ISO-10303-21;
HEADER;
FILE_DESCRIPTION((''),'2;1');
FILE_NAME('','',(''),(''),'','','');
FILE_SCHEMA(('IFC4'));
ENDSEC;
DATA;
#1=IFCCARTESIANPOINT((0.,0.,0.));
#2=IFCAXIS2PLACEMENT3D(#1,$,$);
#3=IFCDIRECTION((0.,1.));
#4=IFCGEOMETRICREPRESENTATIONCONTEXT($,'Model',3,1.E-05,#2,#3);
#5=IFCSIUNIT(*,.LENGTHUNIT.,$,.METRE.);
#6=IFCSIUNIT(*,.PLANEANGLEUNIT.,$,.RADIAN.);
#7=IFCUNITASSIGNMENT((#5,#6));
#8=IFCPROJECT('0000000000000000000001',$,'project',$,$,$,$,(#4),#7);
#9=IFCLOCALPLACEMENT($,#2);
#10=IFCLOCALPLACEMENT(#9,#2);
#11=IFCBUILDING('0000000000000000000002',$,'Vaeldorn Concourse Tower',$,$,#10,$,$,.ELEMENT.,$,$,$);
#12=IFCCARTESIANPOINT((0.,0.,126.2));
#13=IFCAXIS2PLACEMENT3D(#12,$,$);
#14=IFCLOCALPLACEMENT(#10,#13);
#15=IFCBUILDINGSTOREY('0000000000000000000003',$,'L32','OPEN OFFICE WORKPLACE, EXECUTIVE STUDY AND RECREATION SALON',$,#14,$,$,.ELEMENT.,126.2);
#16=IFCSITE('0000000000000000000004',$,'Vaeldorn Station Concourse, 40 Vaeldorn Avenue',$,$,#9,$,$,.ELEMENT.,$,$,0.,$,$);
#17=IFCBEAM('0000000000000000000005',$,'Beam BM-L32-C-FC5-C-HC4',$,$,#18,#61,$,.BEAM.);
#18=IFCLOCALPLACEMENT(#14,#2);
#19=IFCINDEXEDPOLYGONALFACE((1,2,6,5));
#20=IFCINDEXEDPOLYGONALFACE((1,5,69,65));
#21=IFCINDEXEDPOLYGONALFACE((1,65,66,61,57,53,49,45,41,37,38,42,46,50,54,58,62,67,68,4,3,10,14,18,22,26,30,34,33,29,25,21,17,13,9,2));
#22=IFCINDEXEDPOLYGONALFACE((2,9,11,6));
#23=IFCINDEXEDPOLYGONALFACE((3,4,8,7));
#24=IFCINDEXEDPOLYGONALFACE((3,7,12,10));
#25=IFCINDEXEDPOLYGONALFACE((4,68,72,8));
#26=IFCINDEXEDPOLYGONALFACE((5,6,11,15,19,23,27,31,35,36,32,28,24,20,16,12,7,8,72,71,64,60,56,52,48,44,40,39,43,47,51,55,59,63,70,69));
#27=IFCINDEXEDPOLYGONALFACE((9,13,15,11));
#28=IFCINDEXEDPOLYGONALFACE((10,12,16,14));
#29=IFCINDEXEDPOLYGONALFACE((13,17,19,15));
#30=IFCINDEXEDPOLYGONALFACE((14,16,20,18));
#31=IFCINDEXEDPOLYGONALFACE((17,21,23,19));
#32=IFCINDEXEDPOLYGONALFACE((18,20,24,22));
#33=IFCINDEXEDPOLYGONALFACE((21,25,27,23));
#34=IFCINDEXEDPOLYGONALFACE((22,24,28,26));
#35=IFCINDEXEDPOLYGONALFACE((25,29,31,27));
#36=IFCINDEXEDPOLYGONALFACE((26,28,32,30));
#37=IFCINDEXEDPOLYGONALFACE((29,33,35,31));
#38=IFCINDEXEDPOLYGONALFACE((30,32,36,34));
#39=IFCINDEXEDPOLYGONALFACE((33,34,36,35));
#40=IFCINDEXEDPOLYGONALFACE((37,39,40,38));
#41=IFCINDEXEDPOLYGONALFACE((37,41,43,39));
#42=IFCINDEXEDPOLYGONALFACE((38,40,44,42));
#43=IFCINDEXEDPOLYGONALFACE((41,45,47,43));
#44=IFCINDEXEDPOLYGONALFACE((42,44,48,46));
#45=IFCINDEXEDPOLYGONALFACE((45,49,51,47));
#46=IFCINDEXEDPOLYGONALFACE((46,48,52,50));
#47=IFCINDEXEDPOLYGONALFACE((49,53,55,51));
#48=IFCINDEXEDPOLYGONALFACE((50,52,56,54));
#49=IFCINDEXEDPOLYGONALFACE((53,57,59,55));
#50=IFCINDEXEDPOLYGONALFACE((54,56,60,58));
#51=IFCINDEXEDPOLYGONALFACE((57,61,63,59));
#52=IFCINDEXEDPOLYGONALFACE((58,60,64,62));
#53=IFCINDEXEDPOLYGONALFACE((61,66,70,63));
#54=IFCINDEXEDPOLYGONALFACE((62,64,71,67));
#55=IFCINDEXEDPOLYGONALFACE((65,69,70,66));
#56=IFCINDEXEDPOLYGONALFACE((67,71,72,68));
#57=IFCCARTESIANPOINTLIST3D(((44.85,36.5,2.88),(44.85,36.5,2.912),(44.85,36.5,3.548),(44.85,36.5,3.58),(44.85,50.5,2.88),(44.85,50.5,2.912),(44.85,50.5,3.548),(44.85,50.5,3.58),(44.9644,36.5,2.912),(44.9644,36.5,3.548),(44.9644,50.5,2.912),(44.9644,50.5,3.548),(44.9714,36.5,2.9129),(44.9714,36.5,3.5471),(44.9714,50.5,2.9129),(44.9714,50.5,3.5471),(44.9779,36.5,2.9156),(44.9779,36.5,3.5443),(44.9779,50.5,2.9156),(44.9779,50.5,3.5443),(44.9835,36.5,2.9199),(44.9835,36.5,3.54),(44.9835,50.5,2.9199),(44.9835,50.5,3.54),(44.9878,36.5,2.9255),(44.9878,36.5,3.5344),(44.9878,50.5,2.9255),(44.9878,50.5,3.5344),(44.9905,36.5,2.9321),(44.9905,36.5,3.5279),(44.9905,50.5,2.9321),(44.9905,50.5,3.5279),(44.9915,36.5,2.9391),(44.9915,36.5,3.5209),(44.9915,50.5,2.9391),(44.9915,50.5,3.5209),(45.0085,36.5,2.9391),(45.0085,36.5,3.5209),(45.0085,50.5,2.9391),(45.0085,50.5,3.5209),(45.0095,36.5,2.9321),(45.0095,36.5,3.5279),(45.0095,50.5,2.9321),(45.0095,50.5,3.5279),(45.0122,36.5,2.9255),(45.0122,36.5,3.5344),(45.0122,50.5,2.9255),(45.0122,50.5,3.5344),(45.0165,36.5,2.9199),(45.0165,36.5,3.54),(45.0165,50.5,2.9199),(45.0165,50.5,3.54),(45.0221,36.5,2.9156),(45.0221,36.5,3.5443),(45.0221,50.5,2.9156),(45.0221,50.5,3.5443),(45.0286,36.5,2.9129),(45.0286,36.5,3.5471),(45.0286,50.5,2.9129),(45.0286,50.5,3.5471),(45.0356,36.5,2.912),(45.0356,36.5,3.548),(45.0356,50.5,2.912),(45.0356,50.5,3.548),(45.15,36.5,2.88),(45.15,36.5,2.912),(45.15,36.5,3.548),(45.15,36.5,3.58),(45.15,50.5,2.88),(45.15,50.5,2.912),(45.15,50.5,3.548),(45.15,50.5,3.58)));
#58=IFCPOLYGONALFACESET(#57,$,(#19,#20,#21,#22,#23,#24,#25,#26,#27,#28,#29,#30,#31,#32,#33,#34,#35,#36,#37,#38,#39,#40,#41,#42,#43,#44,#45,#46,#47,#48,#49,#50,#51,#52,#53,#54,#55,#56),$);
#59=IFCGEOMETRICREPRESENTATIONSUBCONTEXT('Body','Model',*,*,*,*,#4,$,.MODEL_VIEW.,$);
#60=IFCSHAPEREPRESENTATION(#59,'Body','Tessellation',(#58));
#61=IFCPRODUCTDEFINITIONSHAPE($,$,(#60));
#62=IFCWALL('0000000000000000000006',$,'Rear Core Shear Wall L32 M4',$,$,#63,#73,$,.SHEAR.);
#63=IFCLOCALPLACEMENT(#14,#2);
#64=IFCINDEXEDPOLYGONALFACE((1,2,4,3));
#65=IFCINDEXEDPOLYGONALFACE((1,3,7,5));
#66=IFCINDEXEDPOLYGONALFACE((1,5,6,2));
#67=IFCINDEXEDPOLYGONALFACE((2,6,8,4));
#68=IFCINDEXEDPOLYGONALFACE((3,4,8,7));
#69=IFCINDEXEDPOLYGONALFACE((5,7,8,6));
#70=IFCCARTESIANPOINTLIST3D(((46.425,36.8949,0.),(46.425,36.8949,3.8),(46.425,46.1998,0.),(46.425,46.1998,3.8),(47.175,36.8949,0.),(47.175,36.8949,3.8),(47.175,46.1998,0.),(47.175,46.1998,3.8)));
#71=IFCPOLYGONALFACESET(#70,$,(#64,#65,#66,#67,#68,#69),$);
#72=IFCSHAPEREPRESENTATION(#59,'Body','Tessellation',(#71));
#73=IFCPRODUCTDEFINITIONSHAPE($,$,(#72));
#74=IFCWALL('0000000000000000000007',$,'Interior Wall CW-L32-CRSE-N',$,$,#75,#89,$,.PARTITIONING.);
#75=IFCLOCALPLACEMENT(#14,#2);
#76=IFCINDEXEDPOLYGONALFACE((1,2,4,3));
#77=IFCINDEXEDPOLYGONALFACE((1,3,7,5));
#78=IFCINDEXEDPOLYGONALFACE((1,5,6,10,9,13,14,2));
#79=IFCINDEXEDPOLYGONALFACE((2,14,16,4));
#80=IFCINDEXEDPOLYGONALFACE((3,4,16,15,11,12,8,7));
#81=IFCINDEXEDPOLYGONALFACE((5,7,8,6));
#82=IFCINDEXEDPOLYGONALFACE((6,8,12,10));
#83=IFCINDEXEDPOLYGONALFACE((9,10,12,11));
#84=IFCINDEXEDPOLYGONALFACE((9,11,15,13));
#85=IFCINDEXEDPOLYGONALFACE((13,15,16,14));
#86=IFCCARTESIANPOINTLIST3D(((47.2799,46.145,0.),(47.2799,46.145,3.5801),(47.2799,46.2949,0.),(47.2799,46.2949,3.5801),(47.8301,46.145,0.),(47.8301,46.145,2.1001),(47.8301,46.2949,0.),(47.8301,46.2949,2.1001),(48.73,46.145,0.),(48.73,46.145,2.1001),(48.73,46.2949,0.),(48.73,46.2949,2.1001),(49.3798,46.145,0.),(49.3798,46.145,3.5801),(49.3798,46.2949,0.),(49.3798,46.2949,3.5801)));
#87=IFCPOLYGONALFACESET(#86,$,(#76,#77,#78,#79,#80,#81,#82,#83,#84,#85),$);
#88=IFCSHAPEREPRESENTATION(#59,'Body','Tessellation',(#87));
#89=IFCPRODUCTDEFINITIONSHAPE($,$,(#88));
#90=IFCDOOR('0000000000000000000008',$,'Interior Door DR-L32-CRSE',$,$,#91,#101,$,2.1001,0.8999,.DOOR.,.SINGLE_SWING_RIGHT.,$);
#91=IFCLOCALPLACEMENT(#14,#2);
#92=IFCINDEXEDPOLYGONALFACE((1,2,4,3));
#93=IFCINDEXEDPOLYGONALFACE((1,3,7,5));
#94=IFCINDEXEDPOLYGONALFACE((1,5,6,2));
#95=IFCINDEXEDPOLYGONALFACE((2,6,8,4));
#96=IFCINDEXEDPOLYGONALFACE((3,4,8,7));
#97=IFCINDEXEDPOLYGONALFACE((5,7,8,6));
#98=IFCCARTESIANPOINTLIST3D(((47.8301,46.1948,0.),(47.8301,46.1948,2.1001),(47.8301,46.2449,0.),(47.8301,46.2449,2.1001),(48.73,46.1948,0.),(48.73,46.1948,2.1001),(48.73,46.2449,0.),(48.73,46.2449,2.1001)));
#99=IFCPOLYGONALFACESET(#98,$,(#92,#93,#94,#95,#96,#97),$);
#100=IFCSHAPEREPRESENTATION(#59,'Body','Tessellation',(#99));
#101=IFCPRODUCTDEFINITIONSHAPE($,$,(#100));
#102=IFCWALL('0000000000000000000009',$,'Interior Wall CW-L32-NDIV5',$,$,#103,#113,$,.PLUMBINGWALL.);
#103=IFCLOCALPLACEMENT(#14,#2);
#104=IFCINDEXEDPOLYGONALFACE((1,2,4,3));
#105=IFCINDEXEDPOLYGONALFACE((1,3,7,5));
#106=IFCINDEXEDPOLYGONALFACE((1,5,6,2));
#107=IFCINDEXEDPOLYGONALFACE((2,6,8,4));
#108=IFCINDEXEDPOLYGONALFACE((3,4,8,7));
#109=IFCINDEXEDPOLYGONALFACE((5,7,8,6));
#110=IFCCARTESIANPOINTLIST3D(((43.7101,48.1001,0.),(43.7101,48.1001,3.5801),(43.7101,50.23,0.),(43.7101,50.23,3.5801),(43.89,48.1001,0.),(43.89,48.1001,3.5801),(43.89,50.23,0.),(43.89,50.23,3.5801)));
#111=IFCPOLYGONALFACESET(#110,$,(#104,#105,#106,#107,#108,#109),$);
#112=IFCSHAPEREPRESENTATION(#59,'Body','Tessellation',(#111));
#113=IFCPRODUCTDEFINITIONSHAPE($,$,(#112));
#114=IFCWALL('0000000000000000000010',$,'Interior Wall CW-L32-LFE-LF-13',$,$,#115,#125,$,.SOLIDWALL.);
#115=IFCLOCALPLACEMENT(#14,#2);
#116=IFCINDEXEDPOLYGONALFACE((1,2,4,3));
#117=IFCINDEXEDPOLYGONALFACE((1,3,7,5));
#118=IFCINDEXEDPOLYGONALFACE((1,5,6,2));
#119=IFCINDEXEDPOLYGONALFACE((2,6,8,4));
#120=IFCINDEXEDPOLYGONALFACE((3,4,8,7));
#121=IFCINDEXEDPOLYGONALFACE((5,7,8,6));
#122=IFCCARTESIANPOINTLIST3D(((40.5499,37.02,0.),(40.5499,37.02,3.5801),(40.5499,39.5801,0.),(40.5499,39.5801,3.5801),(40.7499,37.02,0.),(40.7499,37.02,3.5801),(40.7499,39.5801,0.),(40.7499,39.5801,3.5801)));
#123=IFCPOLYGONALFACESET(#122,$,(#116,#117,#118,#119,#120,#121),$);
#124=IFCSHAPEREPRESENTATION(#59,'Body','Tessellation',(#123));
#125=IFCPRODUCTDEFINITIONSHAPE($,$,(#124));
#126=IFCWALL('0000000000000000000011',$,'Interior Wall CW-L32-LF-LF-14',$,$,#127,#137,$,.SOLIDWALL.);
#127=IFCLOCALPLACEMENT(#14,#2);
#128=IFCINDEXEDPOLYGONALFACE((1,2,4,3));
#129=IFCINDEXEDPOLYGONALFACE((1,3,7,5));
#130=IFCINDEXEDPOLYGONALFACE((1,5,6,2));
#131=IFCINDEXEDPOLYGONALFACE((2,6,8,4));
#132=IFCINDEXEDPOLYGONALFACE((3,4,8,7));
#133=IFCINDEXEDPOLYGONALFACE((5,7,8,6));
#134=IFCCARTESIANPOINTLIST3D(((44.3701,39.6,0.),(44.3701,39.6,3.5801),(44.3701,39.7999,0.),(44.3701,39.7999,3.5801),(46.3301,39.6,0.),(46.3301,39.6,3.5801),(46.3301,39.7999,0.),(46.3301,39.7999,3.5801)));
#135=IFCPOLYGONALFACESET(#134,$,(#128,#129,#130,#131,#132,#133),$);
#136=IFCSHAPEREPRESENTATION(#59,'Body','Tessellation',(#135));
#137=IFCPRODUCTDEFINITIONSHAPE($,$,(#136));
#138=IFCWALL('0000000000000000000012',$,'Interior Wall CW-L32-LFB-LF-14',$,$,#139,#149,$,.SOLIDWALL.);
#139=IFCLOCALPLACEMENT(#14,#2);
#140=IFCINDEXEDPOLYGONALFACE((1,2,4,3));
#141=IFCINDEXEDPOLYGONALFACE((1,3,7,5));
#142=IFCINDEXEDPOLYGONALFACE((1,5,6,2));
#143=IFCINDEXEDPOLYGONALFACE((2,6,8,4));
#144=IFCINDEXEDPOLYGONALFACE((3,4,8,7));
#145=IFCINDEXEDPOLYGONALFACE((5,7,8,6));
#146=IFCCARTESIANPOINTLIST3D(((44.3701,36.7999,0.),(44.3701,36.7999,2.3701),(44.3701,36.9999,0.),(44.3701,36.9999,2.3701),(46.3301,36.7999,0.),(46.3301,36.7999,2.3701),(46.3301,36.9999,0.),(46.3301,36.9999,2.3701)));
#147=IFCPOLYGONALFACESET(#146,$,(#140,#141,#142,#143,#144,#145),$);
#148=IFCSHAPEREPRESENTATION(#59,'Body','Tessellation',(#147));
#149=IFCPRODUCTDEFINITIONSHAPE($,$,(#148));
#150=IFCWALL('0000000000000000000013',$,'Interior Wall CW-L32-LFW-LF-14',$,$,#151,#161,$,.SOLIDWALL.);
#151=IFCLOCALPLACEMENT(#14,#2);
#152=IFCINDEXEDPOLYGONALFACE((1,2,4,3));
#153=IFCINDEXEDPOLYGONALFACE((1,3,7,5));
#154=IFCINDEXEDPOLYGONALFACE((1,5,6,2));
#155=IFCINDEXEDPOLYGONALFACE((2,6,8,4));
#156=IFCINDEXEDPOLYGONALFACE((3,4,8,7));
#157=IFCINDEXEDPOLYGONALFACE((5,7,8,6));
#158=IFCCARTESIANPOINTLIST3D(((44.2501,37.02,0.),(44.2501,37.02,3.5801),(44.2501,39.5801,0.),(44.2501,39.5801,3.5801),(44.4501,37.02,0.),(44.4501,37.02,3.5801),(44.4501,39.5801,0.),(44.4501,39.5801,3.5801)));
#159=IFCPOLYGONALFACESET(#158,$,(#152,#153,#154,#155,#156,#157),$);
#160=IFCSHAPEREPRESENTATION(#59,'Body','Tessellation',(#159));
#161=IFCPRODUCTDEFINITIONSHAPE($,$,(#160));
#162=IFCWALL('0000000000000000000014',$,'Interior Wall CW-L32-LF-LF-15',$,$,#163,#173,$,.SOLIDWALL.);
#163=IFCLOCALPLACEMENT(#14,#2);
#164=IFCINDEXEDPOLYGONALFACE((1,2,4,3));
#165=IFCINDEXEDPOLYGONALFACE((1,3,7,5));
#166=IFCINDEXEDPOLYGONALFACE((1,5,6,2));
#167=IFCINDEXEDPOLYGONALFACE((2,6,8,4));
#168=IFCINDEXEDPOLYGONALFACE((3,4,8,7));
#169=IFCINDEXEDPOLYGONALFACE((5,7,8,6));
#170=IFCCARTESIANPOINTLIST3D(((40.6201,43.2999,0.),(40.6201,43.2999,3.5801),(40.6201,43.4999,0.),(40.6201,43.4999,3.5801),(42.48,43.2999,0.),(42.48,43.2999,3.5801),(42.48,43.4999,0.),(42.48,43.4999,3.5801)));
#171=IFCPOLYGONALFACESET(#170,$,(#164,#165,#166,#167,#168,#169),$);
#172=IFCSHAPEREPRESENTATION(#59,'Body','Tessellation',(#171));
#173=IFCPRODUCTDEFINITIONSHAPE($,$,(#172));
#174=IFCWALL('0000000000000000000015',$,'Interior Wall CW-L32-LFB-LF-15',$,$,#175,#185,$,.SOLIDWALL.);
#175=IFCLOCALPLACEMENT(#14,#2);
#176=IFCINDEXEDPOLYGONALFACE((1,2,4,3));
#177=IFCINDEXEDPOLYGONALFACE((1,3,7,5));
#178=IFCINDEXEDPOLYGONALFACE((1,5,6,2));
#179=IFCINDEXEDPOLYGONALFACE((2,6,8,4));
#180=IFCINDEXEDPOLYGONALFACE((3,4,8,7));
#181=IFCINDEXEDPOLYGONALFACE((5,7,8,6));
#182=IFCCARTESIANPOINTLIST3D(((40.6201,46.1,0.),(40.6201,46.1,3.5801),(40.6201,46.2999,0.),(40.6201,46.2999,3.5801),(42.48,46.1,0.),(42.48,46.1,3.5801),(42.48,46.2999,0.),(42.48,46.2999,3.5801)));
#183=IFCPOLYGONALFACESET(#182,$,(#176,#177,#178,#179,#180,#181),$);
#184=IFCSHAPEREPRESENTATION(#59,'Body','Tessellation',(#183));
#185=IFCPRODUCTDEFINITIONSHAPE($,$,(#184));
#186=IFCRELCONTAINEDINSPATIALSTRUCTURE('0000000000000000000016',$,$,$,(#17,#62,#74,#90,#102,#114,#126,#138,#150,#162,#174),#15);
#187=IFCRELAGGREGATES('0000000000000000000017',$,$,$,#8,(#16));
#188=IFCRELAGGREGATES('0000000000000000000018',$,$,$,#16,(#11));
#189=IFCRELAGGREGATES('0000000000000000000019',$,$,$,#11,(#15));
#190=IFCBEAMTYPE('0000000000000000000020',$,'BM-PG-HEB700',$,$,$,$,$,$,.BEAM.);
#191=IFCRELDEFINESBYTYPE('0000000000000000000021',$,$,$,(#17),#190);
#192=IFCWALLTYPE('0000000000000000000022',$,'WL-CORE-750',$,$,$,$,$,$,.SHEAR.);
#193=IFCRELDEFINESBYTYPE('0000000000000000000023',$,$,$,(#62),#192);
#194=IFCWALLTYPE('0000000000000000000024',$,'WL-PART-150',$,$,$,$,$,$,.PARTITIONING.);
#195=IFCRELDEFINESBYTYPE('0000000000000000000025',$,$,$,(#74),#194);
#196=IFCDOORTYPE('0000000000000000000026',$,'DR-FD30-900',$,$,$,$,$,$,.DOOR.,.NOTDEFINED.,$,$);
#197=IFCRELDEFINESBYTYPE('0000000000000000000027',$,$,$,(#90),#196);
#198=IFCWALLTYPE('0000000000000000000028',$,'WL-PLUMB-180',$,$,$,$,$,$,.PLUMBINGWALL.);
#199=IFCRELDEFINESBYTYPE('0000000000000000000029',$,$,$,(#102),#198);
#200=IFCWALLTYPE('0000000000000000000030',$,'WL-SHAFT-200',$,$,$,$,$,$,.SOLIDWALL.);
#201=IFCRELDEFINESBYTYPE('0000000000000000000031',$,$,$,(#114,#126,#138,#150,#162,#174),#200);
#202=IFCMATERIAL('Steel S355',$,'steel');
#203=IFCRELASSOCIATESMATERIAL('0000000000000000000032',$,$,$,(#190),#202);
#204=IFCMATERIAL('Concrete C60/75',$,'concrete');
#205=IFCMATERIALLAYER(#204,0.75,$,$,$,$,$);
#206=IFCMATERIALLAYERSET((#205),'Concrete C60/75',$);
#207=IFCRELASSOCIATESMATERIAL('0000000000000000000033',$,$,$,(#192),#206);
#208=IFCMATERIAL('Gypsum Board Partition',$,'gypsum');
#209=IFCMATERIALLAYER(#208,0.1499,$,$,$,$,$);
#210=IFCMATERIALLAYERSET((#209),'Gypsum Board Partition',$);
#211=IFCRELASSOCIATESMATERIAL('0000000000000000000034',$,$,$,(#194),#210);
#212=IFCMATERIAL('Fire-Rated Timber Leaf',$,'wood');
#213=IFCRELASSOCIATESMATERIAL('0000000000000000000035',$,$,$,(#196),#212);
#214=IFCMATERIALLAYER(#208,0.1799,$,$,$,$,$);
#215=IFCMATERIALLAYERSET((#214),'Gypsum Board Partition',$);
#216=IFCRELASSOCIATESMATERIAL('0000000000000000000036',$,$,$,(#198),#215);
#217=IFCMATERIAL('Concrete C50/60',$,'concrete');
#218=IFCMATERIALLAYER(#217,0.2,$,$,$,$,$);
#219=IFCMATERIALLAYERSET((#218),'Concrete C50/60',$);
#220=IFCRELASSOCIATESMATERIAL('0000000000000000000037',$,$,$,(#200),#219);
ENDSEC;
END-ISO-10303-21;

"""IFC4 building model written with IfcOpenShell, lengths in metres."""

from ifc_helpers import new_model, si_unit, direction, frame, frame_2d, origin, origin_2d, place, context, subcontext, project, spatial, rectangle, i_section, extrude, source, transform, mapped, material, layer, layer_set, material_profile, profile_set, type_object, element, fill, save


model = new_model("IFC4")

# Units and contexts
model_context = context("Model", 3, precision=1e-05, world=origin(), true_north=direction((0.0, 1.0)))
body_context = subcontext(model_context, "Body", "Model", "MODEL_VIEW")
ifc_project = project(units=[si_unit("LENGTHUNIT", "METRE"), si_unit("PLANEANGLEUNIT", "RADIAN")], contexts=[model_context])

# Site, building, storey
site_placement = place(None, origin())
site = spatial("IfcSite", under=ifc_project, at=site_placement, Name="Vaeldorn Station Concourse, 40 Vaeldorn Avenue", CompositionType="ELEMENT", RefElevation=0.0)
building_placement = place(site_placement, origin())
building = spatial("IfcBuilding", under=site, at=building_placement, Name="Vaeldorn Concourse Tower", CompositionType="ELEMENT")
storey_placement = place(building_placement, frame((0.0, 0.0, 126.2)))
storey = spatial("IfcBuildingStorey", under=building, at=storey_placement, Name="L32", Description="OPEN OFFICE WORKPLACE, EXECUTIVE STUDY AND RECREATION SALON", CompositionType="ELEMENT", Elevation=126.2)

# Beam
ifc_material_1 = material(Name="Concrete C60/75", Category="concrete")
ifc_material_2 = material(Name="Steel S355", Category="steel")
ifc_material_profile_1 = material_profile(ifc_material_2, i_section(OverallWidth=0.3, OverallDepth=0.7, WebThickness=0.0171, FlangeThickness=0.032, FilletRadius=0.0271, at=origin_2d()), Name="HEB 700")
ifc_profile_set_1 = profile_set([ifc_material_profile_1], Name="Steel S355")
beam_type_1 = type_object("IfcBeamType", Name="BM-PG-HEB700", PredefinedType="BEAM", material=ifc_profile_set_1)
shared_shape_1 = source(origin(), body_context, "Body", "SweptSolid", [
    extrude(i_section(OverallWidth=0.3, OverallDepth=0.7, WebThickness=0.0171, FlangeThickness=0.032, FilletRadius=0.0271, at=origin_2d()), origin(), (0.0, 0.0, 1.0), 14.0),
])
beam_1_placement = place(storey_placement, frame((45.0, 36.5, 3.23), z_axis=(0.0, 1.0, 0.0), x_axis=(-1.0, 0.0, 0.0)))
element("IfcBeam", 1, at=beam_1_placement, inside=storey, type_object=beam_type_1, Name="Beam BM-L32-C-FC5-C-HC4", PredefinedType="BEAM", context=body_context, shape_type="MappedRepresentation", body=[
    mapped(shared_shape_1, transform((0.0, 0.0, 0.0), scale=1.0)),
])

# Wall
ifc_layer_1 = layer(ifc_material_1, 0.75)
ifc_layer_set_1 = layer_set([ifc_layer_1], Name="Concrete C60/75")
wall_type_1 = type_object("IfcWallType", Name="WL-CORE-750", PredefinedType="SHEAR", material=ifc_layer_set_1)
wall_1_placement = place(storey_placement, frame((46.8, 36.895, 0.0), z_axis=(0.0, 0.0, 1.0), x_axis=(0.0, 1.0, 0.0)))
element("IfcWall", 2, at=wall_1_placement, inside=storey, type_object=wall_type_1, Name="Rear Core Shear Wall L32 M4", PredefinedType="SHEAR", context=body_context, shape_type="SweptSolid", body=[
    extrude(rectangle(XDim=9.3049, YDim=0.75, at=frame_2d((4.6523, 0.0))), origin(), (0.0, 0.0, 1.0), 3.8),
])

# Wall, opening, door
ifc_material_3 = material(Name="Gypsum Board Partition", Category="gypsum")
ifc_layer_2 = layer(ifc_material_3, 0.1499)
ifc_layer_set_2 = layer_set([ifc_layer_2], Name="Gypsum Board Partition")
wall_type_2 = type_object("IfcWallType", Name="WL-PART-150", PredefinedType="PARTITIONING", material=ifc_layer_set_2)
wall_2_placement = place(storey_placement, frame((47.28, 46.22, 0.0), z_axis=(0.0, 0.0, 1.0), x_axis=(1.0, 0.0, 0.0)))
wall_2 = element("IfcWall", 3, at=wall_2_placement, inside=storey, type_object=wall_type_2, Name="Interior Wall CW-L32-CRSE-N", PredefinedType="PARTITIONING", context=body_context, shape_type="SweptSolid", body=[
    extrude(rectangle(XDim=2.0999, YDim=0.1499, at=frame_2d((1.0498, 0.0))), origin(), (0.0, 0.0, 1.0), 3.5801),
])
opening_1_placement = place(wall_2_placement, frame((0.55, 0.0, 0.0)))
opening_1 = element("IfcOpeningElement", 4, at=opening_1_placement, cuts=wall_2, PredefinedType="OPENING", context=body_context, shape_type="SweptSolid", body=[
    extrude(rectangle(XDim=0.8999, YDim=2.1001, at=frame_2d((0.45, 1.05))), frame((0.0, 0.085, 0.0), z_axis=(0.0, -1.0, 0.0), x_axis=(1.0, 0.0, 0.0)), (0.0, 0.0, 1.0), 0.1699),
])
ifc_material_4 = material(Name="Fire-Rated Timber Leaf", Category="wood")
door_type_1 = type_object("IfcDoorType", Name="DR-FD30-900", OperationType="NOTDEFINED", PredefinedType="DOOR", material=ifc_material_4)
shared_shape_2 = source(origin(), body_context, "Body", "SweptSolid", [
    extrude(rectangle(XDim=0.8999, YDim=2.1001, at=frame_2d((0.45, 1.05))), frame((0.0, 0.0249, 0.0), z_axis=(0.0, -1.0, 0.0), x_axis=(1.0, 0.0, 0.0)), (0.0, 0.0, 1.0), 0.05),
])
door_1_placement = place(opening_1_placement, origin())
door_1 = element("IfcDoor", 5, at=door_1_placement, inside=storey, type_object=door_type_1, Name="Interior Door DR-L32-CRSE", OperationType="SINGLE_SWING_RIGHT", OverallHeight=2.1001, OverallWidth=0.8999, PredefinedType="DOOR", context=body_context, shape_type="MappedRepresentation", body=[
    mapped(shared_shape_2, transform((0.0, 0.0, 0.0), scale=1.0)),
])
fill(opening_1, door_1)

# Wall
ifc_layer_3 = layer(ifc_material_3, 0.1799)
ifc_layer_set_3 = layer_set([ifc_layer_3], Name="Gypsum Board Partition")
wall_type_3 = type_object("IfcWallType", Name="WL-PLUMB-180", PredefinedType="PLUMBINGWALL", material=ifc_layer_set_3)
wall_3_placement = place(storey_placement, frame((43.8, 48.1001, 0.0), z_axis=(0.0, 0.0, 1.0), x_axis=(0.0, 1.0, 0.0)))
element("IfcWall", 6, at=wall_3_placement, inside=storey, type_object=wall_type_3, Name="Interior Wall CW-L32-NDIV5", PredefinedType="PLUMBINGWALL", context=body_context, shape_type="SweptSolid", body=[
    extrude(rectangle(XDim=2.1299, YDim=0.1799, at=frame_2d((1.0649, 0.0))), origin(), (0.0, 0.0, 1.0), 3.5801),
])

# Shared definitions
ifc_material_5 = material(Name="Concrete C50/60", Category="concrete")
ifc_layer_4 = layer(ifc_material_5, 0.2)
ifc_layer_set_4 = layer_set([ifc_layer_4], Name="Concrete C50/60")
wall_type_4 = type_object("IfcWallType", Name="WL-SHAFT-200", PredefinedType="SOLIDWALL", material=ifc_layer_set_4)

# Walls
wall_4_placement = place(storey_placement, frame((40.6499, 37.02, 0.0), z_axis=(0.0, 0.0, 1.0), x_axis=(0.0, 1.0, 0.0)))
element("IfcWall", 7, at=wall_4_placement, inside=storey, type_object=wall_type_4, Name="Interior Wall CW-L32-LFE-LF-13", PredefinedType="SOLIDWALL", context=body_context, shape_type="SweptSolid", body=[
    extrude(rectangle(XDim=2.5601, YDim=0.2, at=frame_2d((1.28, 0.0))), origin(), (0.0, 0.0, 1.0), 3.5801),
])
wall_5_placement = place(storey_placement, frame((44.3701, 39.7, 0.0), z_axis=(0.0, 0.0, 1.0), x_axis=(1.0, 0.0, 0.0)))
element("IfcWall", 8, at=wall_5_placement, inside=storey, type_object=wall_type_4, Name="Interior Wall CW-L32-LF-LF-14", PredefinedType="SOLIDWALL", context=body_context, shape_type="SweptSolid", body=[
    extrude(rectangle(XDim=1.96, YDim=0.2, at=frame_2d((0.98, 0.0))), origin(), (0.0, 0.0, 1.0), 3.5801),
])
wall_6_placement = place(storey_placement, frame((44.3701, 36.8999, 0.0), z_axis=(0.0, 0.0, 1.0), x_axis=(1.0, 0.0, 0.0)))
element("IfcWall", 9, at=wall_6_placement, inside=storey, type_object=wall_type_4, Name="Interior Wall CW-L32-LFB-LF-14", PredefinedType="SOLIDWALL", context=body_context, shape_type="SweptSolid", body=[
    extrude(rectangle(XDim=1.96, YDim=0.2, at=frame_2d((0.98, 0.0))), origin(), (0.0, 0.0, 1.0), 2.3701),
])
wall_7_placement = place(storey_placement, frame((44.3501, 37.02, 0.0), z_axis=(0.0, 0.0, 1.0), x_axis=(0.0, 1.0, 0.0)))
element("IfcWall", 10, at=wall_7_placement, inside=storey, type_object=wall_type_4, Name="Interior Wall CW-L32-LFW-LF-14", PredefinedType="SOLIDWALL", context=body_context, shape_type="SweptSolid", body=[
    extrude(rectangle(XDim=2.5601, YDim=0.2, at=frame_2d((1.28, 0.0))), origin(), (0.0, 0.0, 1.0), 3.5801),
])
for number, where, z_axis, x_axis, name in (
    (11, (40.6201, 43.3999, 0.0), (0.0, 0.0, 1.0), (1.0, 0.0, 0.0), "Interior Wall CW-L32-LF-LF-15"),
    (12, (40.6201, 46.2, 0.0), (0.0, 0.0, 1.0), (1.0, 0.0, 0.0), "Interior Wall CW-L32-LFB-LF-15"),
):
    element("IfcWall", number, at=place(storey_placement, frame(where, z_axis=z_axis, x_axis=x_axis)), inside=storey, type_object=wall_type_4, Name=name, PredefinedType="SOLIDWALL", context=body_context, shape_type="SweptSolid", body=[
        extrude(rectangle(XDim=1.8599, YDim=0.2, at=frame_2d((0.9299, 0.0))), origin(), (0.0, 0.0, 1.0), 3.5801),
    ])

save(model, "model.ifc")
